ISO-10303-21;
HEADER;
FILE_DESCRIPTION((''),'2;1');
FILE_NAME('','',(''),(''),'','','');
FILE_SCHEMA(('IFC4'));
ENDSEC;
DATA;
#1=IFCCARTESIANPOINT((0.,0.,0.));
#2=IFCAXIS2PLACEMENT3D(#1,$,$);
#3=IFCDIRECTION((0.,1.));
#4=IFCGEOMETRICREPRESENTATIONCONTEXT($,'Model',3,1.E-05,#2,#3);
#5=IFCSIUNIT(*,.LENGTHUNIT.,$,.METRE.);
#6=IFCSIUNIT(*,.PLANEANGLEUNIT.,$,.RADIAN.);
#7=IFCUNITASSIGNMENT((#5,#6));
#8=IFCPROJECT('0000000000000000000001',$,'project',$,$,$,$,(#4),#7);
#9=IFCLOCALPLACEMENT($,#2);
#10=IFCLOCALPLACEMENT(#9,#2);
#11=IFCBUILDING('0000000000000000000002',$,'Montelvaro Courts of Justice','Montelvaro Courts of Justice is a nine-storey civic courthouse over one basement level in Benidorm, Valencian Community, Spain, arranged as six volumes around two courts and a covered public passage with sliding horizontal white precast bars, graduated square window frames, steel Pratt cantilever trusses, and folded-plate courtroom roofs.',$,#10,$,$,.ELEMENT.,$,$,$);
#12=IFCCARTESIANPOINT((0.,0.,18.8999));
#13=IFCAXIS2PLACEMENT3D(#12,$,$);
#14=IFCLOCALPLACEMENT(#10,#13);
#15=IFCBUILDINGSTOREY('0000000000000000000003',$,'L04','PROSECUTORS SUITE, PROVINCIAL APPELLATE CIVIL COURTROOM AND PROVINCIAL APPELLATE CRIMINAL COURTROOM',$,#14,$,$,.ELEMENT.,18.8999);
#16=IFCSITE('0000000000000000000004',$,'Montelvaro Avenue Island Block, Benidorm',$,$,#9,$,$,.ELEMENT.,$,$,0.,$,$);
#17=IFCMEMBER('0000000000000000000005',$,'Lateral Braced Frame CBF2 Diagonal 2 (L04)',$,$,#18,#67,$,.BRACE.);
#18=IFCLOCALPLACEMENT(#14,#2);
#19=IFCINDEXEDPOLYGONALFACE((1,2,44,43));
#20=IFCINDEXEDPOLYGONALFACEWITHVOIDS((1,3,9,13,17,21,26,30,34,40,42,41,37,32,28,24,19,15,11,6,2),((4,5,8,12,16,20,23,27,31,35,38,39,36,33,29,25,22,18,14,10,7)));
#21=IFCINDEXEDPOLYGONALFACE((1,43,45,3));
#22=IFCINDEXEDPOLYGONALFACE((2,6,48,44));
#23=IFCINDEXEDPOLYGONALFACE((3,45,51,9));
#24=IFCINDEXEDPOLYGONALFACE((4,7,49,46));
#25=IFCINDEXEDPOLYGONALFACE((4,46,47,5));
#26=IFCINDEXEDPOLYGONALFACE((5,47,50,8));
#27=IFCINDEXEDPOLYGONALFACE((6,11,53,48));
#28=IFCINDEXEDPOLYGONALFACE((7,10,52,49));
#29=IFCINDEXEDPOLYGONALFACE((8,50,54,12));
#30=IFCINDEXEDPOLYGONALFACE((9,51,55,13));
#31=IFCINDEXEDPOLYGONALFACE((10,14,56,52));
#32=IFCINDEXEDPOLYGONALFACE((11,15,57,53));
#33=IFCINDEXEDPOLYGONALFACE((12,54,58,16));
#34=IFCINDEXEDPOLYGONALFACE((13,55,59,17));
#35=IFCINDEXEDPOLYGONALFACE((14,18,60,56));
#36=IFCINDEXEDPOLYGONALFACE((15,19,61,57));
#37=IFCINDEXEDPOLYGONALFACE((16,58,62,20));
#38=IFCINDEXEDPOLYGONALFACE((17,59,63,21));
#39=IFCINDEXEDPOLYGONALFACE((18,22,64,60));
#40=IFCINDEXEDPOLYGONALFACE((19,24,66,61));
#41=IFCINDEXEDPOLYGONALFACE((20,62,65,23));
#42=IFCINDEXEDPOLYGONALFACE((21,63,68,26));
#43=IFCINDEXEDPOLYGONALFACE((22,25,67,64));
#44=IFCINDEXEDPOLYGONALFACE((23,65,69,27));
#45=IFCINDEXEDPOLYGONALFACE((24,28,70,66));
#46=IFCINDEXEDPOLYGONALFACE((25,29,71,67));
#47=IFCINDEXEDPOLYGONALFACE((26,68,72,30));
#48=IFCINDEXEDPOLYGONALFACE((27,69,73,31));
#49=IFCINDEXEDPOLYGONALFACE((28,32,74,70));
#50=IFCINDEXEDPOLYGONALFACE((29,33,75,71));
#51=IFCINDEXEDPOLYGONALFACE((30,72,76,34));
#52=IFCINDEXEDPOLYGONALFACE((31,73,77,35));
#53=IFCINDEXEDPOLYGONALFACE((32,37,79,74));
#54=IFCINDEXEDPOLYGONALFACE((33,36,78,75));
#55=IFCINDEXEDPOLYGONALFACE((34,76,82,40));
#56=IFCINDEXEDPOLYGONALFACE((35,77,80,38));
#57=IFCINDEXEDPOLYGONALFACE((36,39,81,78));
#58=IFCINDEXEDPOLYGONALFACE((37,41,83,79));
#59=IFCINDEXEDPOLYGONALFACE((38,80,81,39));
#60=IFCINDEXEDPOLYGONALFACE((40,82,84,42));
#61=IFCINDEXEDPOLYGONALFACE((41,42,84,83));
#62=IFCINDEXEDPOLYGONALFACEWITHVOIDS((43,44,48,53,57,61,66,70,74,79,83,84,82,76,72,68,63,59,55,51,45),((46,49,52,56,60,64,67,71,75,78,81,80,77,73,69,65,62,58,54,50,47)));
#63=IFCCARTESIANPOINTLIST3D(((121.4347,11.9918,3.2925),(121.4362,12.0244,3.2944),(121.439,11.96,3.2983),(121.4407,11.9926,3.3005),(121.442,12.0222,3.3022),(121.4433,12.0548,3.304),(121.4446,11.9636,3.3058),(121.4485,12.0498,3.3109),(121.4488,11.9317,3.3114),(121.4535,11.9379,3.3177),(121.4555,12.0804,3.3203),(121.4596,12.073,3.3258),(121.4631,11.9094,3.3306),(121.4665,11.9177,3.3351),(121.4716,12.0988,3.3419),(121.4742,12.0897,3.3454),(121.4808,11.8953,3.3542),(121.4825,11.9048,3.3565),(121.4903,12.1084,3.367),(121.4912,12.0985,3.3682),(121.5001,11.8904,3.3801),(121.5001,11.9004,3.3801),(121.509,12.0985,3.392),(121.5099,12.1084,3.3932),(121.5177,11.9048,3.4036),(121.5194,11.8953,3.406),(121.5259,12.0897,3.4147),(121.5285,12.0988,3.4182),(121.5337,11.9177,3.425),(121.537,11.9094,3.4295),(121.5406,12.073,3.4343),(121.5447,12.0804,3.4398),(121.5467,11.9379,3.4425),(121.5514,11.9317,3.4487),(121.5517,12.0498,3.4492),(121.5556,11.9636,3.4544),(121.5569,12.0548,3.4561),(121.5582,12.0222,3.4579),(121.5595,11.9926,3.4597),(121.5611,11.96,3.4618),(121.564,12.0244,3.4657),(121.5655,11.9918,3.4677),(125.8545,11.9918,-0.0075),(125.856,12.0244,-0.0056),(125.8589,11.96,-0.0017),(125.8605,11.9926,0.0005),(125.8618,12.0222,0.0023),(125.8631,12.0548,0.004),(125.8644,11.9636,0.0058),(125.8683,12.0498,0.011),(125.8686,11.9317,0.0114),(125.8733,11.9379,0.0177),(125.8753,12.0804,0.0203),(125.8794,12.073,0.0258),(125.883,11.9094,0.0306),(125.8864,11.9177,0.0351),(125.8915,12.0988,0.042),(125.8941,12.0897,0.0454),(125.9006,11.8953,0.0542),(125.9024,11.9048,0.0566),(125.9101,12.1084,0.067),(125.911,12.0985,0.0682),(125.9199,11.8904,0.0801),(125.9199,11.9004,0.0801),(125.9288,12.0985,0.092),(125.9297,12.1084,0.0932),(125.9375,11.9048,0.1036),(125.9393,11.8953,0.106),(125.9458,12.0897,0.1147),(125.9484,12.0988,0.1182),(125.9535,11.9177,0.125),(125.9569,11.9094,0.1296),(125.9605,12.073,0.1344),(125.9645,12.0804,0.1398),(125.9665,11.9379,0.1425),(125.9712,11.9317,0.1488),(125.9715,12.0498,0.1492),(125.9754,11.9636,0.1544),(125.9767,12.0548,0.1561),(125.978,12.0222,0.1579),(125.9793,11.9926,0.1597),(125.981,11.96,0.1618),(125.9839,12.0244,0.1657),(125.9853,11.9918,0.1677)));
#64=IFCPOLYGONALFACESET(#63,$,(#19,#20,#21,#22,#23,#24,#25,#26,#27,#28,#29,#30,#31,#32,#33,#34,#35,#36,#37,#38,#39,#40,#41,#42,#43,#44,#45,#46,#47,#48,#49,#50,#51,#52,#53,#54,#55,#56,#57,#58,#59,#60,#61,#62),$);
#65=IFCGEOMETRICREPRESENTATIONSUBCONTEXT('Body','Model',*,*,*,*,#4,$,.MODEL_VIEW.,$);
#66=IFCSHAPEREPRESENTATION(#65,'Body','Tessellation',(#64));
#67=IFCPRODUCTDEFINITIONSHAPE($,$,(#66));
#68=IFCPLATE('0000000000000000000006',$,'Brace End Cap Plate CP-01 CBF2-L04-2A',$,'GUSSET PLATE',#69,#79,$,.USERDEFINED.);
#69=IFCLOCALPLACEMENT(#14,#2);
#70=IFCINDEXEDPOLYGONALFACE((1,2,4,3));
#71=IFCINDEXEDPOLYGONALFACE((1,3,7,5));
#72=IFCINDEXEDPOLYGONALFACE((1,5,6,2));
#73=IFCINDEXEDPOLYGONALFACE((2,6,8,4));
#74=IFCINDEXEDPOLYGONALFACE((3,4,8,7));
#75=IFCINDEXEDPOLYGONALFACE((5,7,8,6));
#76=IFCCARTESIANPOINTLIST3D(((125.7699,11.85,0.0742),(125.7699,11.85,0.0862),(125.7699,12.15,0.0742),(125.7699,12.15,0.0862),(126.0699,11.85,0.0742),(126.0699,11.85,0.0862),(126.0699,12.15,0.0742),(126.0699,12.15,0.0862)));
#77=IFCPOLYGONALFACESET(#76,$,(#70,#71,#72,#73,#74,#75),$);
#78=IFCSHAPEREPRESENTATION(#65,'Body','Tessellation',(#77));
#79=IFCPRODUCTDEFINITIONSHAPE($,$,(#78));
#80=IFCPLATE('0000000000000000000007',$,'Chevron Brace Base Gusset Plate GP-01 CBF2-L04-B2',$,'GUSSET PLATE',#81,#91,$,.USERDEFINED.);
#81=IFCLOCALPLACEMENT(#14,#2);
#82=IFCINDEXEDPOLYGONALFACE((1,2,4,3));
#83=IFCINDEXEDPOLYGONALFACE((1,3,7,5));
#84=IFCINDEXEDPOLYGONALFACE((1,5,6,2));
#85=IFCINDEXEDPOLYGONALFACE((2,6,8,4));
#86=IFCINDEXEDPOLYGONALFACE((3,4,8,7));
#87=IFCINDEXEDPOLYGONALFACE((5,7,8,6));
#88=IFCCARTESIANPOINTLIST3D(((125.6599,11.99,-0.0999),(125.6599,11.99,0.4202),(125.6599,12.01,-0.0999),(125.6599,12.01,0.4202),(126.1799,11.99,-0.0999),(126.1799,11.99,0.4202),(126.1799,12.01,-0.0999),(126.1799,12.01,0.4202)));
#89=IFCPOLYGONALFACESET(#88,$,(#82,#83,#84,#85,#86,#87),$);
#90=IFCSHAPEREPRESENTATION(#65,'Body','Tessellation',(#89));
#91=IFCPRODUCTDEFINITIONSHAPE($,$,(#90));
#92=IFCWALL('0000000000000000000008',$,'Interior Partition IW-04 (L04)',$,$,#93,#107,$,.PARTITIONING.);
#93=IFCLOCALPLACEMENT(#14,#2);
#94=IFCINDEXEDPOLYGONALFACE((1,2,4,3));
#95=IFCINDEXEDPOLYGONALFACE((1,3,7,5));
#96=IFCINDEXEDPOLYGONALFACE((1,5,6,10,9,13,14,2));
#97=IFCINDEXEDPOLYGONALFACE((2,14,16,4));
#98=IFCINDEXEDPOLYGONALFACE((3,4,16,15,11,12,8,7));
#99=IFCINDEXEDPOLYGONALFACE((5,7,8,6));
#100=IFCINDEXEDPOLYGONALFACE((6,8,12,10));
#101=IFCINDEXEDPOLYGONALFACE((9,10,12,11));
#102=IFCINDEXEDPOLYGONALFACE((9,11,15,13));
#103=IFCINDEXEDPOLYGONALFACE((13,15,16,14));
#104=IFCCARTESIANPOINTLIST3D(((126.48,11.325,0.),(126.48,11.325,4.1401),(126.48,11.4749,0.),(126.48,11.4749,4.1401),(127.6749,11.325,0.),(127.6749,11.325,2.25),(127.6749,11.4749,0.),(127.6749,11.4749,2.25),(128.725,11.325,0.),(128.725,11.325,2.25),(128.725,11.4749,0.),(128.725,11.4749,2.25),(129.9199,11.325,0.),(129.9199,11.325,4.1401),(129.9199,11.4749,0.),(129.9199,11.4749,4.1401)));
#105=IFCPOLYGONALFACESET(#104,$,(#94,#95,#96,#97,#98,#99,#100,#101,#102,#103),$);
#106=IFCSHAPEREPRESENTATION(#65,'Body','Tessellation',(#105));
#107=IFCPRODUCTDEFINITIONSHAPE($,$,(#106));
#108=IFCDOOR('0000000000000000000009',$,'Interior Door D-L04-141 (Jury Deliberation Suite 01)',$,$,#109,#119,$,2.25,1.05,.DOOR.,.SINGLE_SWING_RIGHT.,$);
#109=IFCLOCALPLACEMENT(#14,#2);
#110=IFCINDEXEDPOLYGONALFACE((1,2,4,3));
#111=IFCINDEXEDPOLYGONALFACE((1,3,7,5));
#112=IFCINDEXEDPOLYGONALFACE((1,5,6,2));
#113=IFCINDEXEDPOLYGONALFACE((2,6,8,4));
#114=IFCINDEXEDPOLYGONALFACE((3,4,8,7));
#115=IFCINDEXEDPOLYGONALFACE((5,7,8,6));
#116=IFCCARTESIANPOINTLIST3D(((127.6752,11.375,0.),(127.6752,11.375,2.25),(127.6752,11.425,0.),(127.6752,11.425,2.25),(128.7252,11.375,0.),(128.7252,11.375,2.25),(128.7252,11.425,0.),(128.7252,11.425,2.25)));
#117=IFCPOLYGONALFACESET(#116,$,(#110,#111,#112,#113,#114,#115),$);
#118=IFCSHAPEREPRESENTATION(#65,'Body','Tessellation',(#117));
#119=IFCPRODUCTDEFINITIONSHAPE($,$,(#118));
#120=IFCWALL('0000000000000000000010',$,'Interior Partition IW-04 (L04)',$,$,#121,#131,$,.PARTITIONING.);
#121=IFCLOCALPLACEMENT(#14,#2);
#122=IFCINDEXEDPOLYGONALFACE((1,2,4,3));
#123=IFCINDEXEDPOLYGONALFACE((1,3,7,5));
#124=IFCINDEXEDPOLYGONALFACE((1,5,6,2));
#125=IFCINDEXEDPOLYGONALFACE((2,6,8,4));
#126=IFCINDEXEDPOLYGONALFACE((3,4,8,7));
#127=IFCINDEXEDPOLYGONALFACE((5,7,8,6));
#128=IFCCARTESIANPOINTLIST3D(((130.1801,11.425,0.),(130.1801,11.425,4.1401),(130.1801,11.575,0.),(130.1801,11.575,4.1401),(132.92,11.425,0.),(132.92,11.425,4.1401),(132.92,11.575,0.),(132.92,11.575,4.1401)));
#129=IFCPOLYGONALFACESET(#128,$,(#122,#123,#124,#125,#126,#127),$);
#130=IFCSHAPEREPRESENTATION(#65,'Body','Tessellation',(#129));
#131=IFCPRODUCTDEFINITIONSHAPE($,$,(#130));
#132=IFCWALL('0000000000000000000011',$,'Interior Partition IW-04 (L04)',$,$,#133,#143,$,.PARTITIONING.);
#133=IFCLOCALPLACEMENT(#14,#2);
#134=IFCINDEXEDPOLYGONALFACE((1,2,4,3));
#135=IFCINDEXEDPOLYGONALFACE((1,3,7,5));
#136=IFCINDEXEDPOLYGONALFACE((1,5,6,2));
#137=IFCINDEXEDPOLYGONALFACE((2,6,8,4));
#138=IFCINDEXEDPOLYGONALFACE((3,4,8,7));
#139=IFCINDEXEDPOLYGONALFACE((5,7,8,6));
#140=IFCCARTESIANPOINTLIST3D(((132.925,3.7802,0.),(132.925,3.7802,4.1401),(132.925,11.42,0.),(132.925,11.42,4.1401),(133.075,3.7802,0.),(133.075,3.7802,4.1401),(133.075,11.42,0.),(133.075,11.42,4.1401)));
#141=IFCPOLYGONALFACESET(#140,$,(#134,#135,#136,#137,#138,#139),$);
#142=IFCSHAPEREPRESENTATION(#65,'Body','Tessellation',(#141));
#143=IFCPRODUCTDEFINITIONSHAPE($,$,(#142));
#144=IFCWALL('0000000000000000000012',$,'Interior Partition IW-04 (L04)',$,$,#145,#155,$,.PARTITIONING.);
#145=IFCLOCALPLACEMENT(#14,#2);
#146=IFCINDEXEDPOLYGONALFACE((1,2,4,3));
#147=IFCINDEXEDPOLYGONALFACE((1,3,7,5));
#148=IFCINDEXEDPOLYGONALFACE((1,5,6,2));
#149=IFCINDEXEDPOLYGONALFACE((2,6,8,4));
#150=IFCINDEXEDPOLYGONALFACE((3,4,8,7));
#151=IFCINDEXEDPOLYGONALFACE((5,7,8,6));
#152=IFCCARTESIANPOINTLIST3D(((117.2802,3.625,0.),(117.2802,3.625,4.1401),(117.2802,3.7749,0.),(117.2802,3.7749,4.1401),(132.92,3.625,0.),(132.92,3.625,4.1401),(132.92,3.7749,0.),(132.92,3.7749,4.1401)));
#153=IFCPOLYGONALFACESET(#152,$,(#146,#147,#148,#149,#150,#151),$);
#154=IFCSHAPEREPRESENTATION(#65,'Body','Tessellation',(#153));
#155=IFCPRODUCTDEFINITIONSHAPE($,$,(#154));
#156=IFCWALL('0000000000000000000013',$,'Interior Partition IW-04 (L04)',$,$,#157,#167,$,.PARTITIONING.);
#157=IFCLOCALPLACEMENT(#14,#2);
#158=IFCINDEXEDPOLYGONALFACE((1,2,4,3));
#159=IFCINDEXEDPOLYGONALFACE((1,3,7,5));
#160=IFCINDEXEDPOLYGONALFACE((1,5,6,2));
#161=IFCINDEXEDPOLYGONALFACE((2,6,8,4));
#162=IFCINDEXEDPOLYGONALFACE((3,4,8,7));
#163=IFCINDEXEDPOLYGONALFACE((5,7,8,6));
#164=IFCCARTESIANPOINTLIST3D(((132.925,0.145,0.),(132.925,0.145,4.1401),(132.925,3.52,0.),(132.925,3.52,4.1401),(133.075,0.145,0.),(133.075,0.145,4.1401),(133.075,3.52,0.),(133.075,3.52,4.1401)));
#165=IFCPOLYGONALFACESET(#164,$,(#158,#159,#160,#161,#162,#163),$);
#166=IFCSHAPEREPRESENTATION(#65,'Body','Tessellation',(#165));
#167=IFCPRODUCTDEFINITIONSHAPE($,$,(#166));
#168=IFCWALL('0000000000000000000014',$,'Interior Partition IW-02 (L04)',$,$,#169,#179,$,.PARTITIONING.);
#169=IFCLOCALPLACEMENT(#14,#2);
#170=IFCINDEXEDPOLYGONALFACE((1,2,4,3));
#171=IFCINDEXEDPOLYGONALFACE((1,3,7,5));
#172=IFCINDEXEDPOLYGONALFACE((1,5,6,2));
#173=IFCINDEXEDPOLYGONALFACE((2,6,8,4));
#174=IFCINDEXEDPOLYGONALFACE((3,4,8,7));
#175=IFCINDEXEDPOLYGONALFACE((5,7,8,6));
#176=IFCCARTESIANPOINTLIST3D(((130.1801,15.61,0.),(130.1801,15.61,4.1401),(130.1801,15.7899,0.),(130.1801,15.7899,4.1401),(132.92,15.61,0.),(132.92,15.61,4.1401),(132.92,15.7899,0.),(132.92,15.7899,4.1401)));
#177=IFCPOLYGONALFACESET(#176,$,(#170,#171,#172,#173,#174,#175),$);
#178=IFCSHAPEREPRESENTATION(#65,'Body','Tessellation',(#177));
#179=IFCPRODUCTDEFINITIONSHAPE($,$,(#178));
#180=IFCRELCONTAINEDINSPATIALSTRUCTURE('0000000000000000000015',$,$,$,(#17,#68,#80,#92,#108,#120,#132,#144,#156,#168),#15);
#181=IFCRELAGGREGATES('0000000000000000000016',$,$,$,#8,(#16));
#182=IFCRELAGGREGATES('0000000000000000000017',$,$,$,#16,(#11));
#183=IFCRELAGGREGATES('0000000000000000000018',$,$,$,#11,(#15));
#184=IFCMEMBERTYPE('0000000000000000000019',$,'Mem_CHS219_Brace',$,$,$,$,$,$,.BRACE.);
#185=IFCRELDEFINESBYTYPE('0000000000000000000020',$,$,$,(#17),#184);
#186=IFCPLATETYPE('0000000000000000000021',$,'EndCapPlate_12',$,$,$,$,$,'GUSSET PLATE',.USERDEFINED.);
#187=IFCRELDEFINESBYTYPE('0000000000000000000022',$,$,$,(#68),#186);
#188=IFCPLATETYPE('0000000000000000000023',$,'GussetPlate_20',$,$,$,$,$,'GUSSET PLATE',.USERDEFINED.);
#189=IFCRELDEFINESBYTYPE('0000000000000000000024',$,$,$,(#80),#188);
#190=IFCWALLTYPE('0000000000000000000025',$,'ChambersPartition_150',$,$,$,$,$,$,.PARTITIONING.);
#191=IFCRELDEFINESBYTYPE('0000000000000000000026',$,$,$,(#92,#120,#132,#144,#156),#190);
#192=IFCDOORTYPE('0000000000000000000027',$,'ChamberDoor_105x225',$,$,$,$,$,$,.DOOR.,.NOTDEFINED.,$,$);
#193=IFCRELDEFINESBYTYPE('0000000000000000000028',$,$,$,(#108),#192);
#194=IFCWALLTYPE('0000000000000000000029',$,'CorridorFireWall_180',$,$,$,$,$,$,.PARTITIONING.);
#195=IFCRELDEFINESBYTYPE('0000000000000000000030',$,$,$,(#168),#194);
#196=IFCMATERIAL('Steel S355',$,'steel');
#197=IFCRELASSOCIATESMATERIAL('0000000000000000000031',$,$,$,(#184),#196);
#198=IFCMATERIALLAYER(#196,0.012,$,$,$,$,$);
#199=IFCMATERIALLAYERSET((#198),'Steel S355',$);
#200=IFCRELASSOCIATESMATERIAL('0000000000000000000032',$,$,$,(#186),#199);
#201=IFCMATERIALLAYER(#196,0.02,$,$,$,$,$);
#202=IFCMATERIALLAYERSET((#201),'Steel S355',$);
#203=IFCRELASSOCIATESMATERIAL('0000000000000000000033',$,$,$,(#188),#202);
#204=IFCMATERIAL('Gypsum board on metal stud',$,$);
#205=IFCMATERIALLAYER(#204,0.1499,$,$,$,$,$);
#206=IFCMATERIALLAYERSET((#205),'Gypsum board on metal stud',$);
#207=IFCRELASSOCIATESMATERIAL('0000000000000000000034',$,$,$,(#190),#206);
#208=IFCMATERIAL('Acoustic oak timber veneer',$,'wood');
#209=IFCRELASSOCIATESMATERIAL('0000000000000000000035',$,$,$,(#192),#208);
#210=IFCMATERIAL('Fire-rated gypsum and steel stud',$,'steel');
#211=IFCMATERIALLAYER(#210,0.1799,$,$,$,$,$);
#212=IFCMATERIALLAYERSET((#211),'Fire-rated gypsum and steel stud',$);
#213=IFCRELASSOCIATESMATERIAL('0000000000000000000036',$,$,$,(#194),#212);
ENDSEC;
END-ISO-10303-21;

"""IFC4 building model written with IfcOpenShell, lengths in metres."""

from ifc_helpers import new_model, si_unit, direction, frame, frame_2d, origin, origin_2d, place, context, subcontext, project, spatial, rectangle, hollow_circle, extrude, material, layer, layer_set, material_profile, profile_set, type_object, element, fill, save


model = new_model("IFC4")

# Units and contexts
model_context = context("Model", 3, precision=1e-05, world=origin(), true_north=direction((0.0, 1.0)))
body_context = subcontext(model_context, "Body", "Model", "MODEL_VIEW")
ifc_project = project(units=[si_unit("LENGTHUNIT", "METRE"), si_unit("PLANEANGLEUNIT", "RADIAN")], contexts=[model_context])

# Site, building, storey
site_placement = place(None, origin())
site = spatial("IfcSite", under=ifc_project, at=site_placement, Name="Montelvaro Avenue Island Block, Benidorm", CompositionType="ELEMENT", RefElevation=0.0)
building_placement = place(site_placement, origin())
building = spatial("IfcBuilding", under=site, at=building_placement, Name="Montelvaro Courts of Justice", Description="Montelvaro Courts of Justice is a nine-storey civic courthouse over one basement level in Benidorm, Valencian Community, Spain, arranged as six volumes around two courts and a covered public passage with sliding horizontal white precast bars, graduated square window frames, steel Pratt cantilever trusses, and folded-plate courtroom roofs.", CompositionType="ELEMENT")
storey_placement = place(building_placement, frame((0.0, 0.0, 18.8999)))
storey = spatial("IfcBuildingStorey", under=building, at=storey_placement, Name="L04", Description="PROSECUTORS SUITE, PROVINCIAL APPELLATE CIVIL COURTROOM AND PROVINCIAL APPELLATE CRIMINAL COURTROOM", CompositionType="ELEMENT", Elevation=18.8999)

# Shared definitions
ifc_material_1 = material(Name="Steel S355", Category="steel")

# Member
ifc_material_profile_1 = material_profile(ifc_material_1, hollow_circle(Radius=0.1096, WallThickness=0.01, at=origin_2d()), Name="CHS 219.1x10")
ifc_profile_set_1 = profile_set([ifc_material_profile_1], Name="Steel S355")
member_type = type_object("IfcMemberType", Name="Mem_CHS219_Brace", PredefinedType="BRACE", material=ifc_profile_set_1)
member_placement = place(storey_placement, frame((125.9199, 12.0, 0.0801), z_axis=(-0.801294, 0.0, 0.598271), x_axis=(0.0, -1.0, 0.0)))
element("IfcMember", 1, at=member_placement, inside=storey, type_object=member_type, Name="Lateral Braced Frame CBF2 Diagonal 2 (L04)", PredefinedType="BRACE", context=body_context, shape_type="SweptSolid", body=[
    extrude(hollow_circle(Radius=0.1096, WallThickness=0.01, at=origin_2d()), origin(), (0.0, 0.0, 1.0), 5.5159),
])

# Plates
ifc_layer_1 = layer(ifc_material_1, 0.012)
ifc_layer_set_1 = layer_set([ifc_layer_1], Name="Steel S355")
plate_type_1 = type_object("IfcPlateType", Name="EndCapPlate_12", ElementType="GUSSET PLATE", PredefinedType="USERDEFINED", material=ifc_layer_set_1)
plate_1_placement = place(storey_placement, frame((125.9199, 12.0, 0.0742), z_axis=(0.0, 0.0, 1.0), x_axis=(1.0, 0.0, 0.0)))
element("IfcPlate", 2, at=plate_1_placement, inside=storey, type_object=plate_type_1, Name="Brace End Cap Plate CP-01 CBF2-L04-2A", ObjectType="GUSSET PLATE", PredefinedType="USERDEFINED", context=body_context, shape_type="SweptSolid", body=[
    extrude(rectangle(XDim=0.3, YDim=0.3, at=origin_2d()), origin(), (0.0, 0.0, 1.0), 0.012),
])
ifc_layer_2 = layer(ifc_material_1, 0.02)
ifc_layer_set_2 = layer_set([ifc_layer_2], Name="Steel S355")
plate_type_2 = type_object("IfcPlateType", Name="GussetPlate_20", ElementType="GUSSET PLATE", PredefinedType="USERDEFINED", material=ifc_layer_set_2)
plate_2_placement = place(storey_placement, frame((125.9199, 12.0, -0.0999), z_axis=(0.0, 0.0, 1.0), x_axis=(1.0, 0.0, 0.0)))
element("IfcPlate", 3, at=plate_2_placement, inside=storey, type_object=plate_type_2, Name="Chevron Brace Base Gusset Plate GP-01 CBF2-L04-B2", ObjectType="GUSSET PLATE", PredefinedType="USERDEFINED", context=body_context, shape_type="SweptSolid", body=[
    extrude(rectangle(XDim=0.52, YDim=0.02, at=origin_2d()), origin(), (0.0, 0.0, 1.0), 0.52),
])

# Wall, opening, door
ifc_material_2 = material(Name="Gypsum board on metal stud")
ifc_layer_3 = layer(ifc_material_2, 0.1499)
ifc_layer_set_3 = layer_set([ifc_layer_3], Name="Gypsum board on metal stud")
wall_type_1 = type_object("IfcWallType", Name="ChambersPartition_150", PredefinedType="PARTITIONING", material=ifc_layer_set_3)
wall_1_placement = place(storey_placement, frame((126.48, 11.3999, 0.0), z_axis=(0.0, 0.0, 1.0), x_axis=(1.0, 0.0, 0.0)))
wall_1 = element("IfcWall", 4, at=wall_1_placement, inside=storey, type_object=wall_type_1, Name="Interior Partition IW-04 (L04)", PredefinedType="PARTITIONING", context=body_context, shape_type="SweptSolid", body=[
    extrude(rectangle(XDim=3.4399, YDim=0.1499, at=frame_2d((1.72, 0.0))), origin(), (0.0, 0.0, 1.0), 4.1401),
])
opening_1_placement = place(wall_1_placement, frame((1.1951, 0.0, 0.0)))
opening_1 = element("IfcOpeningElement", 5, at=opening_1_placement, cuts=wall_1, PredefinedType="OPENING", context=body_context, shape_type="SweptSolid", body=[
    extrude(rectangle(XDim=1.05, YDim=2.25, at=frame_2d((0.5249, 1.125))), frame((0.0, 0.0898, 0.0), z_axis=(0.0, -1.0, 0.0), x_axis=(1.0, 0.0, 0.0)), (0.0, 0.0, 1.0), 0.1797),
])
ifc_material_3 = material(Name="Acoustic oak timber veneer", Category="wood")
door_type_1 = type_object("IfcDoorType", Name="ChamberDoor_105x225", OperationType="NOTDEFINED", PredefinedType="DOOR", material=ifc_material_3)
door_1_placement = place(opening_1_placement, frame((1.05, 0.0, 0.0), z_axis=(0.0, 0.0, 1.0), x_axis=(-1.0, 0.0, 0.0)))
door_1 = element("IfcDoor", 6, at=door_1_placement, inside=storey, type_object=door_type_1, Name="Interior Door D-L04-141 (Jury Deliberation Suite 01)", OperationType="SINGLE_SWING_RIGHT", OverallHeight=2.25, OverallWidth=1.05, PredefinedType="DOOR", context=body_context, shape_type="SweptSolid", body=[
    extrude(rectangle(XDim=1.05, YDim=2.25, at=frame_2d((0.5249, 1.125))), frame((0.0, 0.0249, 0.0), z_axis=(0.0, -1.0, 0.0), x_axis=(1.0, 0.0, 0.0)), (0.0, 0.0, 1.0), 0.05),
])
fill(opening_1, door_1)

# Walls
wall_2_placement = place(storey_placement, frame((130.1799, 11.5, 0.0), z_axis=(0.0, 0.0, 1.0), x_axis=(1.0, 0.0, 0.0)))
element("IfcWall", 7, at=wall_2_placement, inside=storey, type_object=wall_type_1, Name="Interior Partition IW-04 (L04)", PredefinedType="PARTITIONING", context=body_context, shape_type="SweptSolid", body=[
    extrude(rectangle(XDim=2.74, YDim=0.1499, at=frame_2d((1.3701, 0.0))), origin(), (0.0, 0.0, 1.0), 4.1401),
])
wall_3_placement = place(storey_placement, frame((133.0, 11.4199, 0.0), z_axis=(0.0, 0.0, 1.0), x_axis=(0.0, -1.0, 0.0)))
element("IfcWall", 8, at=wall_3_placement, inside=storey, type_object=wall_type_1, Name="Interior Partition IW-04 (L04)", PredefinedType="PARTITIONING", context=body_context, shape_type="SweptSolid", body=[
    extrude(rectangle(XDim=7.6399, YDim=0.1499, at=frame_2d((3.8198, 0.0))), origin(), (0.0, 0.0, 1.0), 4.1401),
])
wall_4_placement = place(storey_placement, frame((132.9199, 3.7, 0.0), z_axis=(0.0, 0.0, 1.0), x_axis=(-1.0, 0.0, 0.0)))
element("IfcWall", 9, at=wall_4_placement, inside=storey, type_object=wall_type_1, Name="Interior Partition IW-04 (L04)", PredefinedType="PARTITIONING", context=body_context, shape_type="SweptSolid", body=[
    extrude(rectangle(XDim=15.6399, YDim=0.1499, at=frame_2d((7.8198, 0.0))), origin(), (0.0, 0.0, 1.0), 4.1401),
])
wall_5_placement = place(storey_placement, frame((133.0, 0.145, 0.0), z_axis=(0.0, 0.0, 1.0), x_axis=(0.0, 1.0, 0.0)))
element("IfcWall", 10, at=wall_5_placement, inside=storey, type_object=wall_type_1, Name="Interior Partition IW-04 (L04)", PredefinedType="PARTITIONING", context=body_context, shape_type="SweptSolid", body=[
    extrude(rectangle(XDim=3.375, YDim=0.1499, at=frame_2d((1.6875, 0.0))), origin(), (0.0, 0.0, 1.0), 4.1401),
])

# Shared definitions
ifc_material_4 = material(Name="Fire-rated gypsum and steel stud", Category="steel")
ifc_layer_4 = layer(ifc_material_4, 0.1799)
ifc_layer_set_4 = layer_set([ifc_layer_4], Name="Fire-rated gypsum and steel stud")
wall_type_2 = type_object("IfcWallType", Name="CorridorFireWall_180", PredefinedType="PARTITIONING", material=ifc_layer_set_4)

# Wall
wall_6_placement = place(storey_placement, frame((130.1799, 15.7, 0.0), z_axis=(0.0, 0.0, 1.0), x_axis=(1.0, 0.0, 0.0)))
element("IfcWall", 11, at=wall_6_placement, inside=storey, type_object=wall_type_2, Name="Interior Partition IW-02 (L04)", PredefinedType="PARTITIONING", context=body_context, shape_type="SweptSolid", body=[
    extrude(rectangle(XDim=2.74, YDim=0.1799, at=frame_2d((1.3701, 0.0))), origin(), (0.0, 0.0, 1.0), 4.1401),
])

save(model, "model.ifc")
